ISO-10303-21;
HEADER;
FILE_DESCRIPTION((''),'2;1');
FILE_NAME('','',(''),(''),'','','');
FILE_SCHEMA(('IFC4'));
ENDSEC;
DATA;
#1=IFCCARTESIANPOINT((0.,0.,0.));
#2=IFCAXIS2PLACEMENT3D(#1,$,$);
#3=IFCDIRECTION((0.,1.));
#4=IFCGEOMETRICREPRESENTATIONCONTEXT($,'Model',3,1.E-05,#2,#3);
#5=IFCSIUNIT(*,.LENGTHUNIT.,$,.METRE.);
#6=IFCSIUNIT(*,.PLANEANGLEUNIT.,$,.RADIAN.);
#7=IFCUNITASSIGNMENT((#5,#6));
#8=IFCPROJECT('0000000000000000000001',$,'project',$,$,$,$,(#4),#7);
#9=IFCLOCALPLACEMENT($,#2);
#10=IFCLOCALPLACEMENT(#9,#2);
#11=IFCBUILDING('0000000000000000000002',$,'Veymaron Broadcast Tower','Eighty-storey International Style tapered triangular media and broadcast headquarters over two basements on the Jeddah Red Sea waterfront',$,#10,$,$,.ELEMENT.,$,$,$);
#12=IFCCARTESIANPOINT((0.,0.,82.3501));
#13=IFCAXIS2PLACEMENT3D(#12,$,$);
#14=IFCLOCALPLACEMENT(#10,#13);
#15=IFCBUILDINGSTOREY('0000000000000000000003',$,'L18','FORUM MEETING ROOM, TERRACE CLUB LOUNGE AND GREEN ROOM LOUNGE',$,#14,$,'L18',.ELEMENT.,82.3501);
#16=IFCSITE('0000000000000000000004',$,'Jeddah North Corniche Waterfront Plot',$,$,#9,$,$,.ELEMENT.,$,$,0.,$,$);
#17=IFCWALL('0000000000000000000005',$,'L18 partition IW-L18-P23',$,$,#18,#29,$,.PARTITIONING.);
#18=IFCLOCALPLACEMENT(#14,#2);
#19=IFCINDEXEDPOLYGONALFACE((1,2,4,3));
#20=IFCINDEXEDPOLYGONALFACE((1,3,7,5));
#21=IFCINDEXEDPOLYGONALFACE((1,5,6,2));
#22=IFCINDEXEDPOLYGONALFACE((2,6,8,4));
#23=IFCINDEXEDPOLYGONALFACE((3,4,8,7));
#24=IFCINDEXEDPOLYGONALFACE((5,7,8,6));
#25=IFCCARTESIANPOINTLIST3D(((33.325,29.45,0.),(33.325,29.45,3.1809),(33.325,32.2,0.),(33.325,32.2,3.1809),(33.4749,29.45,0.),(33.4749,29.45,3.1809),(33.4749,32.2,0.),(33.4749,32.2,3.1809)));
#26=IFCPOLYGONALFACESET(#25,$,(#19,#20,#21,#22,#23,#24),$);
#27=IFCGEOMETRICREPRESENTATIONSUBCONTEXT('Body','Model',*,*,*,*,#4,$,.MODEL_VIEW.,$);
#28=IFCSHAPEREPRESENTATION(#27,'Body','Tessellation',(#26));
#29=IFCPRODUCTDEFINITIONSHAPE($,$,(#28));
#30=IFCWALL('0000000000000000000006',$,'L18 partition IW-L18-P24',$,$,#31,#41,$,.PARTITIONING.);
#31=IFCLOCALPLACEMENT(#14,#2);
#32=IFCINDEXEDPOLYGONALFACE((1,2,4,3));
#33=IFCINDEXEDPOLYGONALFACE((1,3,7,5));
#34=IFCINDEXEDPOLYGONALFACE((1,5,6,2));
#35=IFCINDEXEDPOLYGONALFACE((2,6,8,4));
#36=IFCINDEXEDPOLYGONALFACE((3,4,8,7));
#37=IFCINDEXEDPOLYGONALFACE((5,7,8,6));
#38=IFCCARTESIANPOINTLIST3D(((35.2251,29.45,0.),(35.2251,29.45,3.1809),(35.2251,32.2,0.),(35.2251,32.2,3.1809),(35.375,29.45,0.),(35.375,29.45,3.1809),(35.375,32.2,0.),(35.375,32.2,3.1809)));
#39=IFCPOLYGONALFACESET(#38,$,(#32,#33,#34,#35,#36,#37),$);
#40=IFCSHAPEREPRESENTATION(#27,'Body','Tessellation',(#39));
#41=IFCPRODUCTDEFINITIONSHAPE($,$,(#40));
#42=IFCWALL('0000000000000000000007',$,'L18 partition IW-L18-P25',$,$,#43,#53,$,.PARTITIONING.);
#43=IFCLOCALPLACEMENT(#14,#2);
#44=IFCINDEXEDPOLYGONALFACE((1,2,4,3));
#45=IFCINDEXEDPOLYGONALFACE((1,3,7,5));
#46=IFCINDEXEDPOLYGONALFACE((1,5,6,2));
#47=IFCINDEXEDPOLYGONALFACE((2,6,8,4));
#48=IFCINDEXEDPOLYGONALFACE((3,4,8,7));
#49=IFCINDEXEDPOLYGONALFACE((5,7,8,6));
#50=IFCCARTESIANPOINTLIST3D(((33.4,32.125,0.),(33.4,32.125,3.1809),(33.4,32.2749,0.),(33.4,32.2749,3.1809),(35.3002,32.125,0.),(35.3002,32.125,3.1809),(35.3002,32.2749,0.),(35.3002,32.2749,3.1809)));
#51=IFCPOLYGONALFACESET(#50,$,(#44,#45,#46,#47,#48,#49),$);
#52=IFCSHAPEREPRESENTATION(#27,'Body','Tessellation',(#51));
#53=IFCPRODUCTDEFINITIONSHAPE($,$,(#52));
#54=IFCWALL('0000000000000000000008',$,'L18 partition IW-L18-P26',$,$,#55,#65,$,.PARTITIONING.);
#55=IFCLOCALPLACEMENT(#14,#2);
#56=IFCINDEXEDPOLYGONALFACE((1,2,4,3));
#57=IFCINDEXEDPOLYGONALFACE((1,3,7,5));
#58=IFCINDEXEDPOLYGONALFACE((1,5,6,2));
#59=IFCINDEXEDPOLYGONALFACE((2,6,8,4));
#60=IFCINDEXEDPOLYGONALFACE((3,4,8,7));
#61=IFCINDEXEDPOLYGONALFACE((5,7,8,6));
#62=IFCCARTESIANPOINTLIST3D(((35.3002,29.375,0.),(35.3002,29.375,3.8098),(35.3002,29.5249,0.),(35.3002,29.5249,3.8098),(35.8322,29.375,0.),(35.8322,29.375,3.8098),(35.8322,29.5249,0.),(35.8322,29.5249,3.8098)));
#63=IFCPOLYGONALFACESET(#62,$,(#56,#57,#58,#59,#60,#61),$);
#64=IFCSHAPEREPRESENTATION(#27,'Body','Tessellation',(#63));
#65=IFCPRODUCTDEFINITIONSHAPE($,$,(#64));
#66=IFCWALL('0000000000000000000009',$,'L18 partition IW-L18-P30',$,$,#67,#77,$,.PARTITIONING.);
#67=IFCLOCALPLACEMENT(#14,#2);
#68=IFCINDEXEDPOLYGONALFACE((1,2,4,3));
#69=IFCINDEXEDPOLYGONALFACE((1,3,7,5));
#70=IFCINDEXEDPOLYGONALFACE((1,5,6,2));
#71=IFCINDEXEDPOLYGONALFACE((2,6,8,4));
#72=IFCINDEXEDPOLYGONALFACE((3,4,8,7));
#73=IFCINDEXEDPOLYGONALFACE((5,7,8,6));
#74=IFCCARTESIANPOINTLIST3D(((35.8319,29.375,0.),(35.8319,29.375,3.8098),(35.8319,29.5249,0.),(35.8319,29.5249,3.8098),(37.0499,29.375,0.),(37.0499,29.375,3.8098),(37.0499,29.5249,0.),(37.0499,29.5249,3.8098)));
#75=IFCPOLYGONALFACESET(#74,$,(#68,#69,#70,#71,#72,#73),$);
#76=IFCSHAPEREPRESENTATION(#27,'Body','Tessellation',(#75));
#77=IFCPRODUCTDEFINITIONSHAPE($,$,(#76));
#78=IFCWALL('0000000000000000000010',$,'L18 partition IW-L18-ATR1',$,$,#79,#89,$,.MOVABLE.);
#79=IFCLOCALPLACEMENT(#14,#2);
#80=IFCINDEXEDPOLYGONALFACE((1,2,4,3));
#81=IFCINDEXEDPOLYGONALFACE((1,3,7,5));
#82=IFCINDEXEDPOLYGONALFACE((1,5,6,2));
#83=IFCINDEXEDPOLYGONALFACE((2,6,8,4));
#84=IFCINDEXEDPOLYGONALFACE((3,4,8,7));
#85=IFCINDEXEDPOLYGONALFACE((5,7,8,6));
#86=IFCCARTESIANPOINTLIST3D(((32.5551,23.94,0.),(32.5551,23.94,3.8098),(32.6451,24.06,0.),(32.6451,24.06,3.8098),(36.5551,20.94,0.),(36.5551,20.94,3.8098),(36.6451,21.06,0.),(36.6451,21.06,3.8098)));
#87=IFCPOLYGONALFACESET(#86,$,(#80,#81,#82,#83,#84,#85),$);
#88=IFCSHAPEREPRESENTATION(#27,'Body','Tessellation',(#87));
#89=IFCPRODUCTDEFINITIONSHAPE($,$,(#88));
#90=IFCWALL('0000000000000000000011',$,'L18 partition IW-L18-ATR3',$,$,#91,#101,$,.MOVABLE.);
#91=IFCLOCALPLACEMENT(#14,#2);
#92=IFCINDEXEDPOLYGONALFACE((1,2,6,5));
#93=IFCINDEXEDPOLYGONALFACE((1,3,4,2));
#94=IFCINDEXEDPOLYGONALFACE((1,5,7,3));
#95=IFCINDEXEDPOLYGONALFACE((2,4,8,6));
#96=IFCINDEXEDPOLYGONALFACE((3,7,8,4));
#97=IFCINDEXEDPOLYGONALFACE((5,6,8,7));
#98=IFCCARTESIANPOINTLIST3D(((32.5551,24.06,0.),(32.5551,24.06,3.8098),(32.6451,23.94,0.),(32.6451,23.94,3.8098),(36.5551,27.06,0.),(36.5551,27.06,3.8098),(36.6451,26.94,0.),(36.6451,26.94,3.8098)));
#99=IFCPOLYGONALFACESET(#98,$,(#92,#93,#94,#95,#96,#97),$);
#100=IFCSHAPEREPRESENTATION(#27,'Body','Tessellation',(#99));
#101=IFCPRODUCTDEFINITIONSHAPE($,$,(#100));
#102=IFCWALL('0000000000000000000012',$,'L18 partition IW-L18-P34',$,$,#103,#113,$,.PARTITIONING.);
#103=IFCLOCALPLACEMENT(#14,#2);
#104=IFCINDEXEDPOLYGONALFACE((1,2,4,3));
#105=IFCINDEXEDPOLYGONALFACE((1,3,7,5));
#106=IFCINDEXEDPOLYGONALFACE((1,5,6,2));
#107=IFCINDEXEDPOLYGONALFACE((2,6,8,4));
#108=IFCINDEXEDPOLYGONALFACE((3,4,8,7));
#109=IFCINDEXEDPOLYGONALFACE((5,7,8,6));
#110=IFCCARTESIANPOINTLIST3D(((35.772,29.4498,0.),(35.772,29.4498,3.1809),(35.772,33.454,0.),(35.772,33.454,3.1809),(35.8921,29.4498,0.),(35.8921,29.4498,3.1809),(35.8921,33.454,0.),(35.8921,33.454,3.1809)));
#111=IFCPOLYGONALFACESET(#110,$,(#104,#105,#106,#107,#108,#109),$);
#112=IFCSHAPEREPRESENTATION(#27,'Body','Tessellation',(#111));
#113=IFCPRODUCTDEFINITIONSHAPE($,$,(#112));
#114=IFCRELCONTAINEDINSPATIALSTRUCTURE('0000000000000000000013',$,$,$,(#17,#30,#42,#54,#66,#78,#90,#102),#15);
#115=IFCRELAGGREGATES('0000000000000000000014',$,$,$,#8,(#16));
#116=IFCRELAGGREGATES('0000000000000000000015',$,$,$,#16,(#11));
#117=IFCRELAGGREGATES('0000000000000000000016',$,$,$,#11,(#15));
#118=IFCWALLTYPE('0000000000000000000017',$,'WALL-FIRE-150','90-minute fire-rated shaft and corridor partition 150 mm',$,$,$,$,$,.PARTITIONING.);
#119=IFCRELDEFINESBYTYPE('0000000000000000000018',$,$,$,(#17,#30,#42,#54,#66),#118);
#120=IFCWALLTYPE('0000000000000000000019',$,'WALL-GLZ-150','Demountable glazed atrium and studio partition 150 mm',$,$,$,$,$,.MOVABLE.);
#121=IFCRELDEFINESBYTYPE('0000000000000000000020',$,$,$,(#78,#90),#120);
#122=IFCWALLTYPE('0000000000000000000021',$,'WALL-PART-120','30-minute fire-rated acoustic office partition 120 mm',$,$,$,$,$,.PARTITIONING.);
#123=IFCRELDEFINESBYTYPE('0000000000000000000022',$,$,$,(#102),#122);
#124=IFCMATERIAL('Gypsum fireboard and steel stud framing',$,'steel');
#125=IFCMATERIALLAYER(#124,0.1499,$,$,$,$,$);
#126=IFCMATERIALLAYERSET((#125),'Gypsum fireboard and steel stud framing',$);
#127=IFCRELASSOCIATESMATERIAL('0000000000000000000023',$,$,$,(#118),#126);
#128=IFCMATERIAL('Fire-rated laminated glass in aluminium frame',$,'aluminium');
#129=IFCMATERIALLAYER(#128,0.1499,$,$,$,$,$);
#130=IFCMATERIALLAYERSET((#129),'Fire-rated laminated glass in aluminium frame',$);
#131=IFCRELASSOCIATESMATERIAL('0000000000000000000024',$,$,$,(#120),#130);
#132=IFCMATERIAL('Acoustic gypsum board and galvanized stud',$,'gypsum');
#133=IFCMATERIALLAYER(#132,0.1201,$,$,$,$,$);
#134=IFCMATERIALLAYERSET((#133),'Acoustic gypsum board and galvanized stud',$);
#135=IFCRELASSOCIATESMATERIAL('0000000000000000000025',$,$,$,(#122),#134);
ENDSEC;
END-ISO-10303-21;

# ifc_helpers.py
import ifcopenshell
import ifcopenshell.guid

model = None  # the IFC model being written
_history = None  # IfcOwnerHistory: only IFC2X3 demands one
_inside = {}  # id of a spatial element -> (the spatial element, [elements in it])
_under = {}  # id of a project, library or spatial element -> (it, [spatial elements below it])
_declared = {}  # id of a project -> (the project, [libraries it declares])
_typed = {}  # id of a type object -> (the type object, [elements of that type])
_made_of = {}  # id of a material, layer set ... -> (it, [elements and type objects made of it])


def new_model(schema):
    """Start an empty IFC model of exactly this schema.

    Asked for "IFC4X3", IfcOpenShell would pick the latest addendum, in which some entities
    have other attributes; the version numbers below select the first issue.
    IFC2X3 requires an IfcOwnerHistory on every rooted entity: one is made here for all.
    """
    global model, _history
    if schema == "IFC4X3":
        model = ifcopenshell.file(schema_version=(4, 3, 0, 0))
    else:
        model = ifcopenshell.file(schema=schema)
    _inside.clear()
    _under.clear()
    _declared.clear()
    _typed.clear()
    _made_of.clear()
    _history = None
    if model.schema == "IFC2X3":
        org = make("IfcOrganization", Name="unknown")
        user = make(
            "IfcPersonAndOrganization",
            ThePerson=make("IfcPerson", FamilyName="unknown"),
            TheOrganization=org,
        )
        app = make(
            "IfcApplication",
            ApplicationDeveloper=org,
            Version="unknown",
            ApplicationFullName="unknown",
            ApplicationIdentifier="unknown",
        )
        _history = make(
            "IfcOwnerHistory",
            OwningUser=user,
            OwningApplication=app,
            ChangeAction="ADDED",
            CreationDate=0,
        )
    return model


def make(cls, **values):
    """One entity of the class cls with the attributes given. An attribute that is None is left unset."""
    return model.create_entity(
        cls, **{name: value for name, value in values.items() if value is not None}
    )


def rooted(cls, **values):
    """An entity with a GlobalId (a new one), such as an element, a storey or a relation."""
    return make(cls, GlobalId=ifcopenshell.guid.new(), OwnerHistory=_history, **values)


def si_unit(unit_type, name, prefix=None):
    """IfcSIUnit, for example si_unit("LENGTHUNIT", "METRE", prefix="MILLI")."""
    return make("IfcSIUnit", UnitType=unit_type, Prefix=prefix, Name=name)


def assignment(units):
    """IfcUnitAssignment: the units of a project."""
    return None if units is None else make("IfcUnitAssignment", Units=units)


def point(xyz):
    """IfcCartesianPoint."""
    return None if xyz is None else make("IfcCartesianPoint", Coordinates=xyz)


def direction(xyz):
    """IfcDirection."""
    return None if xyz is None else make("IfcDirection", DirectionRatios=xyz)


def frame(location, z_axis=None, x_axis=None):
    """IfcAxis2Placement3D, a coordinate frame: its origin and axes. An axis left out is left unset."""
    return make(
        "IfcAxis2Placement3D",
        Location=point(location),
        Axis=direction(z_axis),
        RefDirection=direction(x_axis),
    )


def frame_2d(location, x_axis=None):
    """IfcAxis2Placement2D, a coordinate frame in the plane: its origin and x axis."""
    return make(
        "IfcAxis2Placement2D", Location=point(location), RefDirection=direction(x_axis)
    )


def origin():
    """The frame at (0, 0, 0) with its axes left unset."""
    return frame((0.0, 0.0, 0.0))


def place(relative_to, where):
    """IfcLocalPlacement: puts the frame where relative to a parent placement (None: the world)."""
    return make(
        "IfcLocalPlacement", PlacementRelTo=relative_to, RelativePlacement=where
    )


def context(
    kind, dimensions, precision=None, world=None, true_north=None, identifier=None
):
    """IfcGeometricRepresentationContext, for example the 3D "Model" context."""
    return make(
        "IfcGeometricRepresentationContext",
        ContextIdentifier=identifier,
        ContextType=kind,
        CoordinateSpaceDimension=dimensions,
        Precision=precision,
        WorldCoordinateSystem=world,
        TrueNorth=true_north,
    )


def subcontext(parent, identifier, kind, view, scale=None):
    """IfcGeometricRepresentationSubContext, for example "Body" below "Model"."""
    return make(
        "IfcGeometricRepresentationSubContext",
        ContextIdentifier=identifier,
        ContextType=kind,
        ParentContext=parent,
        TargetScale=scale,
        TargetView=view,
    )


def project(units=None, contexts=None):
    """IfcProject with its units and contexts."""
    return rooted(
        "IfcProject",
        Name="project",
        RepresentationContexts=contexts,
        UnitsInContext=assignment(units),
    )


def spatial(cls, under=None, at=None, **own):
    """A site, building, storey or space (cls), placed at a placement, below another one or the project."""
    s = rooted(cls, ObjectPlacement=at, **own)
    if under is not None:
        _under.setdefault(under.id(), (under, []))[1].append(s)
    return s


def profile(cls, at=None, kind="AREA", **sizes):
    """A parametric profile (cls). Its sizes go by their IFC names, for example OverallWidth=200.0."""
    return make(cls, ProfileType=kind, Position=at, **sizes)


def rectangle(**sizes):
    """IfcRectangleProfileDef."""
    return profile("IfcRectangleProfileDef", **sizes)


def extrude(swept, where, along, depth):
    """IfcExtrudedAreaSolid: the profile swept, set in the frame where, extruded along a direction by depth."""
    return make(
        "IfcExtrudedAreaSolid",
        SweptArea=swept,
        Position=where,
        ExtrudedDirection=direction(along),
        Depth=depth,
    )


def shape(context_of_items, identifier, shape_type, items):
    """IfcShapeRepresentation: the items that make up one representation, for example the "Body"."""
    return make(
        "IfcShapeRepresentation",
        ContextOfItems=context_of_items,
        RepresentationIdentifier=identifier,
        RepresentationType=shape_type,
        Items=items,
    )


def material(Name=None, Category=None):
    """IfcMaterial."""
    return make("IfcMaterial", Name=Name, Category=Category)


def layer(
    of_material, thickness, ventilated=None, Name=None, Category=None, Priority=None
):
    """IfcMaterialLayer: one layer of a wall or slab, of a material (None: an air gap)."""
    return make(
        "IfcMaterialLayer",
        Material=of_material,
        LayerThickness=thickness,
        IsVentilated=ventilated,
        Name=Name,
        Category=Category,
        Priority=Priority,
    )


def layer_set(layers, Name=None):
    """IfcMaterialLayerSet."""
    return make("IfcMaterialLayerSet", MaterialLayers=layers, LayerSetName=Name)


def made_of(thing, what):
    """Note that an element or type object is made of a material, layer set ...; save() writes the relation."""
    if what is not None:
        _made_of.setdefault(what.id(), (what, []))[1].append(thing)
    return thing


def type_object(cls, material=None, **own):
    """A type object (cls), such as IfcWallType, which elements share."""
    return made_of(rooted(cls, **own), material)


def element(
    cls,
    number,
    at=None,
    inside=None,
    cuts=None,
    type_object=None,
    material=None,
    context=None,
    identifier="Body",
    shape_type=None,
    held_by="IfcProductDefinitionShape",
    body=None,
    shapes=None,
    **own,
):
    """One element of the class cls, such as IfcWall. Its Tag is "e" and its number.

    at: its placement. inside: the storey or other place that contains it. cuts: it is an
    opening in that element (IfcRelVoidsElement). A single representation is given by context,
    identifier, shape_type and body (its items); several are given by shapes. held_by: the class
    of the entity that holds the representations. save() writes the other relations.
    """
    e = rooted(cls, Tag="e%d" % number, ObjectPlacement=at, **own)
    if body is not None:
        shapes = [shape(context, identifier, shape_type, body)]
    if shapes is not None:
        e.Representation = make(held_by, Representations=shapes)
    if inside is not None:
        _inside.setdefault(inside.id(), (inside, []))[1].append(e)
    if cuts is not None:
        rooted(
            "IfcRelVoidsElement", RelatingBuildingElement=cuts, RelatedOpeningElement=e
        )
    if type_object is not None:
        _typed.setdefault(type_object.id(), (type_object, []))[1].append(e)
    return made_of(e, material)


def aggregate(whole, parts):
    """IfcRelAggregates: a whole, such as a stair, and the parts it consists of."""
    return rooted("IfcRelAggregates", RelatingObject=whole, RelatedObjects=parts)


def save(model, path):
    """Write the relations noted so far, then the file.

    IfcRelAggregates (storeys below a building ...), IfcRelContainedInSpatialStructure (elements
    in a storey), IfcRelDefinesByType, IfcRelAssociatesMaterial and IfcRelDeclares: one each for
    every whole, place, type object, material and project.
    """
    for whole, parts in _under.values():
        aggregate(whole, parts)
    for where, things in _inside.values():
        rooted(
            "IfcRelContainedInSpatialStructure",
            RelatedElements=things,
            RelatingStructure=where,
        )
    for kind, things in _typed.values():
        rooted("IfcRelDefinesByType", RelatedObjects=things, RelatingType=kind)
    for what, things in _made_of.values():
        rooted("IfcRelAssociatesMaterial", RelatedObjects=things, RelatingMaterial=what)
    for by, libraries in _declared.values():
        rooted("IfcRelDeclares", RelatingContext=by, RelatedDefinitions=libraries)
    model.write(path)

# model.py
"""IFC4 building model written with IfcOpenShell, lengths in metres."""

from ifc_helpers import new_model, si_unit, direction, frame, frame_2d, origin, place, context, subcontext, project, spatial, rectangle, extrude, material, layer, layer_set, type_object, element, save


model = new_model("IFC4")

# Units and contexts
model_context = context("Model", 3, precision=1e-05, world=origin(), true_north=direction((0.0, 1.0)))
body_context = subcontext(model_context, "Body", "Model", "MODEL_VIEW")
ifc_project = project(units=[si_unit("LENGTHUNIT", "METRE"), si_unit("PLANEANGLEUNIT", "RADIAN")], contexts=[model_context])

# Site, building, storey
site_placement = place(None, origin())
site = spatial("IfcSite", under=ifc_project, at=site_placement, Name="Jeddah North Corniche Waterfront Plot", CompositionType="ELEMENT", RefElevation=0.0)
building_placement = place(site_placement, origin())
building = spatial("IfcBuilding", under=site, at=building_placement, Name="Veymaron Broadcast Tower", Description="Eighty-storey International Style tapered triangular media and broadcast headquarters over two basements on the Jeddah Red Sea waterfront", CompositionType="ELEMENT")
storey_placement = place(building_placement, frame((0.0, 0.0, 82.3501)))
storey = spatial("IfcBuildingStorey", under=building, at=storey_placement, Name="L18", Description="FORUM MEETING ROOM, TERRACE CLUB LOUNGE AND GREEN ROOM LOUNGE", LongName="L18", CompositionType="ELEMENT", Elevation=82.3501)

# Walls
ifc_material_1 = material(Name="Gypsum fireboard and steel stud framing", Category="steel")
ifc_layer_1 = layer(ifc_material_1, 0.1499)
ifc_layer_set_1 = layer_set([ifc_layer_1], Name="Gypsum fireboard and steel stud framing")
wall_type_1 = type_object("IfcWallType", Name="WALL-FIRE-150", Description="90-minute fire-rated shaft and corridor partition 150 mm", PredefinedType="PARTITIONING", material=ifc_layer_set_1)
for number, where, z_axis, x_axis, name in (
    (1, (33.3999, 29.45, 0.0), (0.0, 0.0, 1.0), (0.0, 1.0, 0.0), "L18 partition IW-L18-P23"),
    (2, (35.3, 29.45, 0.0), (0.0, 0.0, 1.0), (0.0, 1.0, 0.0), "L18 partition IW-L18-P24"),
):
    element("IfcWall", number, at=place(storey_placement, frame(where, z_axis=z_axis, x_axis=x_axis)), inside=storey, type_object=wall_type_1, Name=name, PredefinedType="PARTITIONING", context=body_context, shape_type="SweptSolid", body=[
        extrude(rectangle(XDim=2.75, YDim=0.1499, at=frame_2d((1.375, 0.0))), origin(), (0.0, 0.0, 1.0), 3.1809),
    ])
wall_1_placement = place(storey_placement, frame((33.3999, 32.2, 0.0), z_axis=(0.0, 0.0, 1.0), x_axis=(1.0, 0.0, 0.0)))
element("IfcWall", 3, at=wall_1_placement, inside=storey, type_object=wall_type_1, Name="L18 partition IW-L18-P25", PredefinedType="PARTITIONING", context=body_context, shape_type="SweptSolid", body=[
    extrude(rectangle(XDim=1.9001, YDim=0.1499, at=frame_2d((0.9502, 0.0))), origin(), (0.0, 0.0, 1.0), 3.1809),
])
wall_2_placement = place(storey_placement, frame((35.3, 29.45, 0.0), z_axis=(0.0, 0.0, 1.0), x_axis=(1.0, 0.0, 0.0)))
element("IfcWall", 4, at=wall_2_placement, inside=storey, type_object=wall_type_1, Name="L18 partition IW-L18-P26", PredefinedType="PARTITIONING", context=body_context, shape_type="SweptSolid", body=[
    extrude(rectangle(XDim=0.532, YDim=0.1499, at=frame_2d((0.2661, 0.0))), origin(), (0.0, 0.0, 1.0), 3.8098),
])
wall_3_placement = place(storey_placement, frame((35.832, 29.45, 0.0), z_axis=(0.0, 0.0, 1.0), x_axis=(1.0, 0.0, 0.0)))
element("IfcWall", 5, at=wall_3_placement, inside=storey, type_object=wall_type_1, Name="L18 partition IW-L18-P30", PredefinedType="PARTITIONING", context=body_context, shape_type="SweptSolid", body=[
    extrude(rectangle(XDim=1.218, YDim=0.1499, at=frame_2d((0.6089, 0.0))), origin(), (0.0, 0.0, 1.0), 3.8098),
])
ifc_material_2 = material(Name="Fire-rated laminated glass in aluminium frame", Category="aluminium")
ifc_layer_2 = layer(ifc_material_2, 0.1499)
ifc_layer_set_2 = layer_set([ifc_layer_2], Name="Fire-rated laminated glass in aluminium frame")
wall_type_2 = type_object("IfcWallType", Name="WALL-GLZ-150", Description="Demountable glazed atrium and studio partition 150 mm", PredefinedType="MOVABLE", material=ifc_layer_set_2)
for number, where, z_axis, x_axis, name in (
    (6, (32.6001, 24.0, 0.0), (0.0, 0.0, 1.0), (0.8, -0.6, 0.0), "L18 partition IW-L18-ATR1"),
    (7, (36.6001, 27.0, 0.0), (0.0, 0.0, 1.0), (-0.8, -0.6, 0.0), "L18 partition IW-L18-ATR3"),
):
    element("IfcWall", number, at=place(storey_placement, frame(where, z_axis=z_axis, x_axis=x_axis)), inside=storey, type_object=wall_type_2, Name=name, PredefinedType="MOVABLE", context=body_context, shape_type="SweptSolid", body=[
        extrude(rectangle(XDim=5.0, YDim=0.1499, at=frame_2d((2.5, 0.0))), origin(), (0.0, 0.0, 1.0), 3.8098),
    ])
ifc_material_3 = material(Name="Acoustic gypsum board and galvanized stud", Category="gypsum")
ifc_layer_3 = layer(ifc_material_3, 0.1201)
ifc_layer_set_3 = layer_set([ifc_layer_3], Name="Acoustic gypsum board and galvanized stud")
wall_type_3 = type_object("IfcWallType", Name="WALL-PART-120", Description="30-minute fire-rated acoustic office partition 120 mm", PredefinedType="PARTITIONING", material=ifc_layer_set_3)
wall_4_placement = place(storey_placement, frame((35.832, 29.45, 0.0), z_axis=(0.0, 0.0, 1.0), x_axis=(0.0, 1.0, 0.0)))
element("IfcWall", 8, at=wall_4_placement, inside=storey, type_object=wall_type_3, Name="L18 partition IW-L18-P34", PredefinedType="PARTITIONING", context=body_context, shape_type="SweptSolid", body=[
    extrude(rectangle(XDim=4.0042, YDim=0.1201, at=frame_2d((2.002, 0.0))), origin(), (0.0, 0.0, 1.0), 3.1809),
])

save(model, "model.ifc")
